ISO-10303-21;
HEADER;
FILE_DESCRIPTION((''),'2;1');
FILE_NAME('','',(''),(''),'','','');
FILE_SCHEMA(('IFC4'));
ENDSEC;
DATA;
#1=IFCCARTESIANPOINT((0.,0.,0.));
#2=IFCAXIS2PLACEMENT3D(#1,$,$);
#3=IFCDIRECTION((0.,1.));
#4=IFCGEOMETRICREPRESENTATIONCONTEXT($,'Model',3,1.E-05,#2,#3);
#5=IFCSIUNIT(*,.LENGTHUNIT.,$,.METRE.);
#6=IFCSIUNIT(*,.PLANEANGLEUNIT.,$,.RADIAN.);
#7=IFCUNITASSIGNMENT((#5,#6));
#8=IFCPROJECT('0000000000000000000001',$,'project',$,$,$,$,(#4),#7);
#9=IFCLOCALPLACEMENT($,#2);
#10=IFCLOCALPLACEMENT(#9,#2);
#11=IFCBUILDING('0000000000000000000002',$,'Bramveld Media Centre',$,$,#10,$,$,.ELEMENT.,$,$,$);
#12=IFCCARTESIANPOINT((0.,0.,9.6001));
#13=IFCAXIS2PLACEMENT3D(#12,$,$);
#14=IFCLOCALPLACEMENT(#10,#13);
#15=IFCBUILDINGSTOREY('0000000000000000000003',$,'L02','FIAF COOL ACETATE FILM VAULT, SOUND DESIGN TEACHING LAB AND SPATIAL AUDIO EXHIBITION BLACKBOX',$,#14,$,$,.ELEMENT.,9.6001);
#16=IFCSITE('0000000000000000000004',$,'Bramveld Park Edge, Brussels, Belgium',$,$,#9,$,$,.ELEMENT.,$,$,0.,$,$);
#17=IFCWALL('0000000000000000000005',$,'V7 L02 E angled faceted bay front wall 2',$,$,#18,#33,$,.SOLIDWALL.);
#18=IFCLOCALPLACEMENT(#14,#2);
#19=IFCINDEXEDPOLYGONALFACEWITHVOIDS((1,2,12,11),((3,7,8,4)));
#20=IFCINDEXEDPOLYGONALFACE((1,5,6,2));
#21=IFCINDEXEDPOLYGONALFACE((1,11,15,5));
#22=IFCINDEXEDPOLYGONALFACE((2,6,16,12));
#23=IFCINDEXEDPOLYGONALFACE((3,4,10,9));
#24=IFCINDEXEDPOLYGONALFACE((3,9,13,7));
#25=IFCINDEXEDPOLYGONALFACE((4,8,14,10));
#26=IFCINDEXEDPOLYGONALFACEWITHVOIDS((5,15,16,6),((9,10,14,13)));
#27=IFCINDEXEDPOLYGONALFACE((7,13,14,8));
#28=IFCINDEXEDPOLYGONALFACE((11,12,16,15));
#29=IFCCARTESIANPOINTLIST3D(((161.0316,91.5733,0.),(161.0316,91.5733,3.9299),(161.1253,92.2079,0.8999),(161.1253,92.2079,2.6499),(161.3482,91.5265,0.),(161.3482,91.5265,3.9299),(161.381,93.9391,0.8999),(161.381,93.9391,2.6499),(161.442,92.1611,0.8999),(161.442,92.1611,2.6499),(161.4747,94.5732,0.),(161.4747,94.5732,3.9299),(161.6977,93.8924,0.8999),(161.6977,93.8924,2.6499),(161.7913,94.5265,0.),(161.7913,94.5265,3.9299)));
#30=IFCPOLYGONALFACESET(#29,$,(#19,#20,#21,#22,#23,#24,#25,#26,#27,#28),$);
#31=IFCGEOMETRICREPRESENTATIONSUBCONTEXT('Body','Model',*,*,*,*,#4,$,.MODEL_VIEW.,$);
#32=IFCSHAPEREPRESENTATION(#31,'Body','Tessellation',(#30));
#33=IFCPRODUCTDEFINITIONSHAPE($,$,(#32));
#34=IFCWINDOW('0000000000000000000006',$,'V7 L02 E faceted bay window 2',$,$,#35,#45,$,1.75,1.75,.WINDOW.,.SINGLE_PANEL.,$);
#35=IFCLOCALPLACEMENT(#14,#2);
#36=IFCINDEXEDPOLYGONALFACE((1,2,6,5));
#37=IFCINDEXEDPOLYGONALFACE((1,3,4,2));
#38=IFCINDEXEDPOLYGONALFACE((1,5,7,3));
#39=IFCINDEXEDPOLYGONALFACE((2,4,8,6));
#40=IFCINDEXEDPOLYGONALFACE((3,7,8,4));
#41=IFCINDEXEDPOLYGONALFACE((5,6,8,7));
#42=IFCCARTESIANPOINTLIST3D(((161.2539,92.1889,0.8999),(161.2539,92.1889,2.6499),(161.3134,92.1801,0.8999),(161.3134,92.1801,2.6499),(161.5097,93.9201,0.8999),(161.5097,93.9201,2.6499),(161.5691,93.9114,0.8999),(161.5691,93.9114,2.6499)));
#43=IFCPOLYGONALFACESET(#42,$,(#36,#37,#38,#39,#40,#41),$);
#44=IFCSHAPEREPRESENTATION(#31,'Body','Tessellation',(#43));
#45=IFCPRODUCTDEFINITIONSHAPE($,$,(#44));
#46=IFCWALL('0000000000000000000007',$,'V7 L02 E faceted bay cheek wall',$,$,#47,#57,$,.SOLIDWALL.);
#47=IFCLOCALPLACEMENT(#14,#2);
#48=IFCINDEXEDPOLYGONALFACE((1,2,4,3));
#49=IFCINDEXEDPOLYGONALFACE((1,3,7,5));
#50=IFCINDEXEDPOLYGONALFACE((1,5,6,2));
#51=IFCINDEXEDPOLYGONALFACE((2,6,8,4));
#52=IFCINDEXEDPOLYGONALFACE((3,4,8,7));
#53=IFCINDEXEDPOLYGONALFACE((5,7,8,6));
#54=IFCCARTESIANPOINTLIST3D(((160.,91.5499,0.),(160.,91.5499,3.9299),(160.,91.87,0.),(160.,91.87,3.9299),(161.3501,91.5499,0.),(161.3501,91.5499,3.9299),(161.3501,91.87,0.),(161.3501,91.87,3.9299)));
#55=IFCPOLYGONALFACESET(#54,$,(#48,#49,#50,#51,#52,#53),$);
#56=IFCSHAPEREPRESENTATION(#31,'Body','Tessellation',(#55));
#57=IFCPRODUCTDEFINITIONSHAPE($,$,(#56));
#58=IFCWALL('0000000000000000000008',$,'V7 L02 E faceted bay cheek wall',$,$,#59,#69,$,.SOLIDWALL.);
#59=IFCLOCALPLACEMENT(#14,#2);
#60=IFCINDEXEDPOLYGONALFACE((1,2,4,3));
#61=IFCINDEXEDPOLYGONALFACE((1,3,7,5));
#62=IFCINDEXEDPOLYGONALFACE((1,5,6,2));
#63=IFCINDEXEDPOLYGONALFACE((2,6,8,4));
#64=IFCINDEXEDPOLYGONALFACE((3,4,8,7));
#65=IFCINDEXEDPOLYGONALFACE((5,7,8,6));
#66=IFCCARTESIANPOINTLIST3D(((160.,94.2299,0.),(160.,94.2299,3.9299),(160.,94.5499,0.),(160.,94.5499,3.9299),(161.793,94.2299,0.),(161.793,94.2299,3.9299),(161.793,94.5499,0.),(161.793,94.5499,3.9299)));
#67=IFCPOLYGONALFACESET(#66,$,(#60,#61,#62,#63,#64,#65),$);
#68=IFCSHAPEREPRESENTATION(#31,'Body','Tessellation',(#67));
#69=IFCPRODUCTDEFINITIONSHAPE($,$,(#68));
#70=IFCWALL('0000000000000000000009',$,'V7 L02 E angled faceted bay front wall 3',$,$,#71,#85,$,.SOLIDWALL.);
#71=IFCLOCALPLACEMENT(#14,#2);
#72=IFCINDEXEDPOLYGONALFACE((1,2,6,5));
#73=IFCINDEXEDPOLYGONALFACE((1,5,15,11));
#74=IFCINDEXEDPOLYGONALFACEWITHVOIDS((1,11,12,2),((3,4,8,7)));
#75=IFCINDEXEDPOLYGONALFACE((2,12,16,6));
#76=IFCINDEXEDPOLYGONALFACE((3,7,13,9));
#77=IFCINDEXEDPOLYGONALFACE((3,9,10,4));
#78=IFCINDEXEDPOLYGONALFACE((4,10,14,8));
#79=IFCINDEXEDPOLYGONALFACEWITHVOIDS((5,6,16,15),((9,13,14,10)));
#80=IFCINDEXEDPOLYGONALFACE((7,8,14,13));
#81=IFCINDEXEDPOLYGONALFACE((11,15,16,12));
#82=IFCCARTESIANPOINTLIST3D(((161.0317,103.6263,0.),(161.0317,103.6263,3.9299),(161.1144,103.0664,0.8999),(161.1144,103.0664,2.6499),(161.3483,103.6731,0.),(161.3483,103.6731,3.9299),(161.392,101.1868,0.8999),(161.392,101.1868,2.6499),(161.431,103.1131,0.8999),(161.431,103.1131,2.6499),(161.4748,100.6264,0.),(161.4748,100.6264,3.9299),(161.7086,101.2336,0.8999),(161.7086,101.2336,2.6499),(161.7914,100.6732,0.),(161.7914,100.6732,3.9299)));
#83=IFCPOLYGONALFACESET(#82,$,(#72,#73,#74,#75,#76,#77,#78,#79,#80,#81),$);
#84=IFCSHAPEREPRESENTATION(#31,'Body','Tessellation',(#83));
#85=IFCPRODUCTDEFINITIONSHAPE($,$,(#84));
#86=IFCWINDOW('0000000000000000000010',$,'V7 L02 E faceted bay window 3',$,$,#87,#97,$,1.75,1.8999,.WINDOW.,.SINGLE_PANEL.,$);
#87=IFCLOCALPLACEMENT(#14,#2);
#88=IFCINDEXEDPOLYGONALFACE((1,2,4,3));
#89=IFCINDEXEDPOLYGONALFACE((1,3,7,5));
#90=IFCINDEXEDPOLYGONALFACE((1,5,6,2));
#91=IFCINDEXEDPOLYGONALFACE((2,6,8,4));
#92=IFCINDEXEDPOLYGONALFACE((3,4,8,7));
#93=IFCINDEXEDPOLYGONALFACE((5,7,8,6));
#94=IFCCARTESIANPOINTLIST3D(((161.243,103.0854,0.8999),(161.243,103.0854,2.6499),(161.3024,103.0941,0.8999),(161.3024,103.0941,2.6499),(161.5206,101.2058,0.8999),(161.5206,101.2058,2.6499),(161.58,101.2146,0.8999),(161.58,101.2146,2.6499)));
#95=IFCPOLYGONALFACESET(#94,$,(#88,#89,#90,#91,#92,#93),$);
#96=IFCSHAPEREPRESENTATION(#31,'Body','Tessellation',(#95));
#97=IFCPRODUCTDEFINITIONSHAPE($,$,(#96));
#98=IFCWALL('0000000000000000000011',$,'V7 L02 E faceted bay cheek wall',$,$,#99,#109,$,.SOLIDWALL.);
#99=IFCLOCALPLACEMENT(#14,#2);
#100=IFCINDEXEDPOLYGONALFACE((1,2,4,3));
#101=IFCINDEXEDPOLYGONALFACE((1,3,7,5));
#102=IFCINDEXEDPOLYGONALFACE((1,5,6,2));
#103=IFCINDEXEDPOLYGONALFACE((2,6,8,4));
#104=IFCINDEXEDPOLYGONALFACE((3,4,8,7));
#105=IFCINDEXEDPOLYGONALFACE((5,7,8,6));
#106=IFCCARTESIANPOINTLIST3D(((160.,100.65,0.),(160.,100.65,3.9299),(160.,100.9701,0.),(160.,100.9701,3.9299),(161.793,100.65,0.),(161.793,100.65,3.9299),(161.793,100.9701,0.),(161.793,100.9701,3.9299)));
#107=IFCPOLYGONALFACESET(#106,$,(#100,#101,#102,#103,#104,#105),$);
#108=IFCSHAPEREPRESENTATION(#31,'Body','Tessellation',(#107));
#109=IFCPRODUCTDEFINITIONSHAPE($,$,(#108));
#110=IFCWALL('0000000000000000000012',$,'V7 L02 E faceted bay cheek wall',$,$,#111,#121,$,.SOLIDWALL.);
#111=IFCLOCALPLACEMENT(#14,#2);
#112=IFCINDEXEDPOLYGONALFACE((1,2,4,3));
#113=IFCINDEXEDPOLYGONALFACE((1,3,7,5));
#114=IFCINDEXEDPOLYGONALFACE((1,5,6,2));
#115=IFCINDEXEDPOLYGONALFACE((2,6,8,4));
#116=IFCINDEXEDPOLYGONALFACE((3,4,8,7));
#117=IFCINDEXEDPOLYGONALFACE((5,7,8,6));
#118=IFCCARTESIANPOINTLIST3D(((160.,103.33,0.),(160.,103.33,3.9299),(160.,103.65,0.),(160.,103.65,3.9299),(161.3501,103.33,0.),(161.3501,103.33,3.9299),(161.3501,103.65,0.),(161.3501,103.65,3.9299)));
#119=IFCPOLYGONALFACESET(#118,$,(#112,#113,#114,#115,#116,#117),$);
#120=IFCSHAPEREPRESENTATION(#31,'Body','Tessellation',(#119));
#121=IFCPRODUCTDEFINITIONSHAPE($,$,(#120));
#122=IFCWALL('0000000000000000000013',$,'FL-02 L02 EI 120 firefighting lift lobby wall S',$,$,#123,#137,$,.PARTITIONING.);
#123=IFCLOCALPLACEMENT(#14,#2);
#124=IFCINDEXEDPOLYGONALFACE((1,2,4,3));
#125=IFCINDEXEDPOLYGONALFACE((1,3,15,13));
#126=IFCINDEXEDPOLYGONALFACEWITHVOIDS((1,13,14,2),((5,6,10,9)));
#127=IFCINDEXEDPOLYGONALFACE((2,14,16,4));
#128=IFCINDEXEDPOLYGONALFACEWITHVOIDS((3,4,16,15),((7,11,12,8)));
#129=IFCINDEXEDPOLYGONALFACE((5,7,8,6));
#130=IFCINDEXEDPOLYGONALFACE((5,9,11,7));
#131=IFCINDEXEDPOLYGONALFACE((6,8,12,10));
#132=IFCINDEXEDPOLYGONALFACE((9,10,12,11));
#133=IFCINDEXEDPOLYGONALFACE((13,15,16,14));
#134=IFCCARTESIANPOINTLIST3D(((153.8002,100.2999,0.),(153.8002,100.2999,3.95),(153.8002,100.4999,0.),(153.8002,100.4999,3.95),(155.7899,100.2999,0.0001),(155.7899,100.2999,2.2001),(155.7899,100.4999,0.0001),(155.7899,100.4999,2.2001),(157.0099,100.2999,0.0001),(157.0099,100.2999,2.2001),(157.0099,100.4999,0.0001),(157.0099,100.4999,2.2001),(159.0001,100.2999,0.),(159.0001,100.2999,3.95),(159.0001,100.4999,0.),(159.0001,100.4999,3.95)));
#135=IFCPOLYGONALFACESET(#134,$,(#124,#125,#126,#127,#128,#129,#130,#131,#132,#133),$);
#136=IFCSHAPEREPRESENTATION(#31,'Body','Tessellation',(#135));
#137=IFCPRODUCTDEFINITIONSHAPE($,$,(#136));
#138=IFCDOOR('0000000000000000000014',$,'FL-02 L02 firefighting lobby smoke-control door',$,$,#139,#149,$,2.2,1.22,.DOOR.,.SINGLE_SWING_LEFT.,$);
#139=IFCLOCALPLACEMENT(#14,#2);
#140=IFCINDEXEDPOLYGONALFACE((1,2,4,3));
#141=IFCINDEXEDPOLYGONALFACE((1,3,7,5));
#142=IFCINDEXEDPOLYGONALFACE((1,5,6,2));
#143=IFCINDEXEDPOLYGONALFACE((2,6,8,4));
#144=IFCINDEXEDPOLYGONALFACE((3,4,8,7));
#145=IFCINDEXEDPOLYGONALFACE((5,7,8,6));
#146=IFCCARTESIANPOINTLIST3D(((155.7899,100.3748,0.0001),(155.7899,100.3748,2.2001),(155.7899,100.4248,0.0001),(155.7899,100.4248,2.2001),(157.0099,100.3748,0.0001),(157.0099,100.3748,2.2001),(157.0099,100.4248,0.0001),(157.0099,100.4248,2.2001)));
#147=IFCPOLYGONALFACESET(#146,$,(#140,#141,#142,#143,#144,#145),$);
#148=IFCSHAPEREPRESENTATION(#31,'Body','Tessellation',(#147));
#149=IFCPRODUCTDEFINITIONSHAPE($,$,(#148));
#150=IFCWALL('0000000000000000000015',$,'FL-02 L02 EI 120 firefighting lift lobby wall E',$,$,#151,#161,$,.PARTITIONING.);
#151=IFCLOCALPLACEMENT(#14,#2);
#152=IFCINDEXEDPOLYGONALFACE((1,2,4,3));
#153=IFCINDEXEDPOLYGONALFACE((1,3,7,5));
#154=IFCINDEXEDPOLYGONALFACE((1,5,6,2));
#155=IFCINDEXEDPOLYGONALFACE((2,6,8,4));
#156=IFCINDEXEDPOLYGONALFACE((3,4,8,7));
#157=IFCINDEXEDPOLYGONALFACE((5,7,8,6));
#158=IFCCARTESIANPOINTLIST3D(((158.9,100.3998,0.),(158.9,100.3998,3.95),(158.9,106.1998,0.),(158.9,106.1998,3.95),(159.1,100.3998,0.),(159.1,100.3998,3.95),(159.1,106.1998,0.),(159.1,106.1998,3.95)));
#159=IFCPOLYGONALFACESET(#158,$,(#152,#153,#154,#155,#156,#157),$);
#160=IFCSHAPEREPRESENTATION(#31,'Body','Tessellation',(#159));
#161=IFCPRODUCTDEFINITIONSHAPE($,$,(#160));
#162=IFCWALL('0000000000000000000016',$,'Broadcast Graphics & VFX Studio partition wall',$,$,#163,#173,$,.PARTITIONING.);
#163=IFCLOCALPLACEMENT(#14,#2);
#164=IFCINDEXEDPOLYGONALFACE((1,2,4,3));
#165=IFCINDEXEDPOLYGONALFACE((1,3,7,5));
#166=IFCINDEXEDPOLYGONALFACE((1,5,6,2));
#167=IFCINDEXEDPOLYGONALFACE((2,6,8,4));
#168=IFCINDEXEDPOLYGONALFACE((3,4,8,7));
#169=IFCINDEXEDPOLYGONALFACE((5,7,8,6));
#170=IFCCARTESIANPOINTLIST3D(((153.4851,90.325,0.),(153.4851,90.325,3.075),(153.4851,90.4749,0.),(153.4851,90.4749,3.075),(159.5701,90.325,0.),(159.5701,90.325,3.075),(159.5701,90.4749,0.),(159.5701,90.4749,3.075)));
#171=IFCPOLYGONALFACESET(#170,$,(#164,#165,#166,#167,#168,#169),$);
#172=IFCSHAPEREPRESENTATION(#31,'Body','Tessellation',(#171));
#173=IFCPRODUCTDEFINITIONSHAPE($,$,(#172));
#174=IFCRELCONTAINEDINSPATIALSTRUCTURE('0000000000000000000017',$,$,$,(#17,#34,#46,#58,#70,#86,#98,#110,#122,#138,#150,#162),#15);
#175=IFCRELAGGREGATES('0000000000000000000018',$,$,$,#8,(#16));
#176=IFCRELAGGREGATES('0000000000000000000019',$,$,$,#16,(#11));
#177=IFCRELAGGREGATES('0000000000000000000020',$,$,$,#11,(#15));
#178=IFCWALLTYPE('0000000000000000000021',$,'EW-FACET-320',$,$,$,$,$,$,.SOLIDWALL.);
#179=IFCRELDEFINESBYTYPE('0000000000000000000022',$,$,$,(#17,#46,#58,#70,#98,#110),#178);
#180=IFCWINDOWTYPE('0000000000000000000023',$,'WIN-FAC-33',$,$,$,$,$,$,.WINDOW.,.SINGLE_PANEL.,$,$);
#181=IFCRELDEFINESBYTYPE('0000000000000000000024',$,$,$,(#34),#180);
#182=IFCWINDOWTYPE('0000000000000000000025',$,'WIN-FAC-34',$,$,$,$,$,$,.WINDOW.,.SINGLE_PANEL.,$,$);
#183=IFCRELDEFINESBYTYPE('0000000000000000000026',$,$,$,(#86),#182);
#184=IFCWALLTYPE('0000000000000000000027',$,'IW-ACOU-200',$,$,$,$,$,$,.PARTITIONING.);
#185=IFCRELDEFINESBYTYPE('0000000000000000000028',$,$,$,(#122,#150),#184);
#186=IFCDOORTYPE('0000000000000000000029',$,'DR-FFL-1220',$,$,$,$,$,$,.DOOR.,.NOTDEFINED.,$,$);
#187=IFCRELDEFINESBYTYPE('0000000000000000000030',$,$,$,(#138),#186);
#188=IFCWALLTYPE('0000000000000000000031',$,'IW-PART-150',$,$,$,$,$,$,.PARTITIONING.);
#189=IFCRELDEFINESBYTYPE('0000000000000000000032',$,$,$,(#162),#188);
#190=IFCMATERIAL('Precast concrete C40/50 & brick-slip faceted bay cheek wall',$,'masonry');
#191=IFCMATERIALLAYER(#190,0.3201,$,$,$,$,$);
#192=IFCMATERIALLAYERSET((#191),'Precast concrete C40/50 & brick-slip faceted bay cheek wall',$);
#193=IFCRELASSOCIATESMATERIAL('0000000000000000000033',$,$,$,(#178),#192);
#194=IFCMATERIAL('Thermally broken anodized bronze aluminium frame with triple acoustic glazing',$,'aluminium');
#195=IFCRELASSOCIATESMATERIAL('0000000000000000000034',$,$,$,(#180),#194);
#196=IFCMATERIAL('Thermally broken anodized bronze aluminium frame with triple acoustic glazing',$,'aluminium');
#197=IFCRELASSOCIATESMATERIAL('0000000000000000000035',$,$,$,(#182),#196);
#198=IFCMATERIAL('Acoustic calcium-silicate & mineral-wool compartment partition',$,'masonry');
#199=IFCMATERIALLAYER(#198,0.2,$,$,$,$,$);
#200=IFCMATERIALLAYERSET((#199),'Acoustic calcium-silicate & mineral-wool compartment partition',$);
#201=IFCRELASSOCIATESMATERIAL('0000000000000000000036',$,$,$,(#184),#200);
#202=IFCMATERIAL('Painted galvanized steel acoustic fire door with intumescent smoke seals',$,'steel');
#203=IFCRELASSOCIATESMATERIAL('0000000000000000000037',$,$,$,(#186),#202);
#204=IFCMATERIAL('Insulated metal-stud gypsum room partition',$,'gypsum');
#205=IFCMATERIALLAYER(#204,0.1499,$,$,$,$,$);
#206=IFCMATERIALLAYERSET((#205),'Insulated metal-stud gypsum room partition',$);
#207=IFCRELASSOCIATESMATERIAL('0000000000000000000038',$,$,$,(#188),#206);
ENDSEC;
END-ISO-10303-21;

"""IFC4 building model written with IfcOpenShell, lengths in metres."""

from ifc_helpers import new_model, si_unit, direction, frame, frame_2d, origin, place, context, subcontext, project, spatial, rectangle, extrude, material, layer, layer_set, type_object, element, fill, save


model = new_model("IFC4")

# Units and contexts
model_context = context("Model", 3, precision=1e-05, world=origin(), true_north=direction((0.0, 1.0)))
body_context = subcontext(model_context, "Body", "Model", "MODEL_VIEW")
ifc_project = project(units=[si_unit("LENGTHUNIT", "METRE"), si_unit("PLANEANGLEUNIT", "RADIAN")], contexts=[model_context])

# Site, building, storey
site_placement = place(None, origin())
site = spatial("IfcSite", under=ifc_project, at=site_placement, Name="Bramveld Park Edge, Brussels, Belgium", CompositionType="ELEMENT", RefElevation=0.0)
building_placement = place(site_placement, origin())
building = spatial("IfcBuilding", under=site, at=building_placement, Name="Bramveld Media Centre", CompositionType="ELEMENT")
storey_placement = place(building_placement, frame((0.0, 0.0, 9.6001)))
storey = spatial("IfcBuildingStorey", under=building, at=storey_placement, Name="L02", Description="FIAF COOL ACETATE FILM VAULT, SOUND DESIGN TEACHING LAB AND SPATIAL AUDIO EXHIBITION BLACKBOX", CompositionType="ELEMENT", Elevation=9.6001)

# Wall, opening, window
ifc_material_1 = material(Name="Precast concrete C40/50 & brick-slip faceted bay cheek wall", Category="masonry")
ifc_layer_1 = layer(ifc_material_1, 0.3201)
ifc_layer_set_1 = layer_set([ifc_layer_1], Name="Precast concrete C40/50 & brick-slip faceted bay cheek wall")
wall_type_1 = type_object("IfcWallType", Name="EW-FACET-320", PredefinedType="SOLIDWALL", material=ifc_layer_set_1)
wall_1_placement = place(storey_placement, frame((161.1899, 91.55, 0.0), z_axis=(0.0, 0.0, 1.0), x_axis=(0.14612, 0.989267, 0.0)))
wall_1 = element("IfcWall", 1, at=wall_1_placement, inside=storey, type_object=wall_type_1, Name="V7 L02 E angled faceted bay front wall 2", PredefinedType="SOLIDWALL", context=body_context, shape_type="SweptSolid", body=[
    extrude(rectangle(XDim=3.0325, YDim=0.3201, at=frame_2d((1.5161, 0.0))), origin(), (0.0, 0.0, 1.0), 3.9299),
])
opening_1_placement = place(wall_1_placement, frame((0.6414, 0.0, 0.8999)))
opening_1 = element("IfcOpeningElement", 2, at=opening_1_placement, cuts=wall_1, PredefinedType="OPENING", context=body_context, shape_type="SweptSolid", body=[
    extrude(rectangle(XDim=1.75, YDim=1.75, at=frame_2d((0.875, 0.875))), frame((0.0, 0.1719, 0.0), z_axis=(0.0, -1.0, 0.0), x_axis=(1.0, 0.0, 0.0)), (0.0, 0.0, 1.0), 0.344),
])
ifc_material_2 = material(Name="Thermally broken anodized bronze aluminium frame with triple acoustic glazing", Category="aluminium")
window_type_1 = type_object("IfcWindowType", Name="WIN-FAC-33", PartitioningType="SINGLE_PANEL", PredefinedType="WINDOW", material=ifc_material_2)
window_1_placement = place(opening_1_placement, origin())
window_1 = element("IfcWindow", 3, at=window_1_placement, inside=storey, type_object=window_type_1, Name="V7 L02 E faceted bay window 2", OverallHeight=1.75, OverallWidth=1.75, PartitioningType="SINGLE_PANEL", PredefinedType="WINDOW", context=body_context, shape_type="SweptSolid", body=[
    extrude(rectangle(XDim=1.75, YDim=1.75, at=frame_2d((0.875, 0.875))), frame((0.0, 0.03, 0.0), z_axis=(0.0, -1.0, 0.0), x_axis=(1.0, 0.0, 0.0)), (0.0, 0.0, 1.0), 0.0601),
])
fill(opening_1, window_1)

# Walls
wall_2_placement = place(storey_placement, frame((160.0, 91.71, 0.0), z_axis=(0.0, 0.0, 1.0), x_axis=(1.0, 0.0, 0.0)))
element("IfcWall", 4, at=wall_2_placement, inside=storey, type_object=wall_type_1, Name="V7 L02 E faceted bay cheek wall", PredefinedType="SOLIDWALL", context=body_context, shape_type="SweptSolid", body=[
    extrude(rectangle(XDim=1.3501, YDim=0.3201, at=frame_2d((0.675, 0.0))), origin(), (0.0, 0.0, 1.0), 3.9299),
])
wall_3_placement = place(storey_placement, frame((160.0, 94.3899, 0.0), z_axis=(0.0, 0.0, 1.0), x_axis=(1.0, 0.0, 0.0)))
element("IfcWall", 5, at=wall_3_placement, inside=storey, type_object=wall_type_1, Name="V7 L02 E faceted bay cheek wall", PredefinedType="SOLIDWALL", context=body_context, shape_type="SweptSolid", body=[
    extrude(rectangle(XDim=1.793, YDim=0.3201, at=frame_2d((0.8965, 0.0))), origin(), (0.0, 0.0, 1.0), 3.9299),
])

# Wall, opening, window
wall_4_placement = place(storey_placement, frame((161.6331, 100.6499, 0.0), z_axis=(0.0, 0.0, 1.0), x_axis=(-0.14612, 0.989267, 0.0)))
wall_4 = element("IfcWall", 6, at=wall_4_placement, inside=storey, type_object=wall_type_1, Name="V7 L02 E angled faceted bay front wall 3", PredefinedType="SOLIDWALL", context=body_context, shape_type="SweptSolid", body=[
    extrude(rectangle(XDim=3.0325, YDim=0.3201, at=frame_2d((1.5161, 0.0))), origin(), (0.0, 0.0, 1.0), 3.9299),
])
opening_2_placement = place(wall_4_placement, frame((0.5664, 0.0, 0.8999)))
opening_2 = element("IfcOpeningElement", 7, at=opening_2_placement, cuts=wall_4, PredefinedType="OPENING", context=body_context, shape_type="SweptSolid", body=[
    extrude(rectangle(XDim=1.8999, YDim=1.75, at=frame_2d((0.95, 0.875))), frame((0.0, 0.1719, 0.0), z_axis=(0.0, -1.0, 0.0), x_axis=(1.0, 0.0, 0.0)), (0.0, 0.0, 1.0), 0.344),
])
ifc_material_3 = material(Name="Thermally broken anodized bronze aluminium frame with triple acoustic glazing", Category="aluminium")
window_type_2 = type_object("IfcWindowType", Name="WIN-FAC-34", PartitioningType="SINGLE_PANEL", PredefinedType="WINDOW", material=ifc_material_3)
window_2_placement = place(opening_2_placement, origin())
window_2 = element("IfcWindow", 8, at=window_2_placement, inside=storey, type_object=window_type_2, Name="V7 L02 E faceted bay window 3", OverallHeight=1.75, OverallWidth=1.8999, PartitioningType="SINGLE_PANEL", PredefinedType="WINDOW", context=body_context, shape_type="SweptSolid", body=[
    extrude(rectangle(XDim=1.8999, YDim=1.75, at=frame_2d((0.95, 0.875))), frame((0.0, 0.03, 0.0), z_axis=(0.0, -1.0, 0.0), x_axis=(1.0, 0.0, 0.0)), (0.0, 0.0, 1.0), 0.0601),
])
fill(opening_2, window_2)

# Walls
wall_5_placement = place(storey_placement, frame((160.0, 100.8101, 0.0), z_axis=(0.0, 0.0, 1.0), x_axis=(1.0, 0.0, 0.0)))
element("IfcWall", 9, at=wall_5_placement, inside=storey, type_object=wall_type_1, Name="V7 L02 E faceted bay cheek wall", PredefinedType="SOLIDWALL", context=body_context, shape_type="SweptSolid", body=[
    extrude(rectangle(XDim=1.793, YDim=0.3201, at=frame_2d((0.8965, 0.0))), origin(), (0.0, 0.0, 1.0), 3.9299),
])
wall_6_placement = place(storey_placement, frame((160.0, 103.49, 0.0), z_axis=(0.0, 0.0, 1.0), x_axis=(1.0, 0.0, 0.0)))
element("IfcWall", 10, at=wall_6_placement, inside=storey, type_object=wall_type_1, Name="V7 L02 E faceted bay cheek wall", PredefinedType="SOLIDWALL", context=body_context, shape_type="SweptSolid", body=[
    extrude(rectangle(XDim=1.3501, YDim=0.3201, at=frame_2d((0.675, 0.0))), origin(), (0.0, 0.0, 1.0), 3.9299),
])

# Wall, opening, door
ifc_material_4 = material(Name="Acoustic calcium-silicate & mineral-wool compartment partition", Category="masonry")
ifc_layer_2 = layer(ifc_material_4, 0.2)
ifc_layer_set_2 = layer_set([ifc_layer_2], Name="Acoustic calcium-silicate & mineral-wool compartment partition")
wall_type_2 = type_object("IfcWallType", Name="IW-ACOU-200", PredefinedType="PARTITIONING", material=ifc_layer_set_2)
wall_7_placement = place(storey_placement, frame((153.8, 100.3999, 0.0), z_axis=(0.0, 0.0, 1.0), x_axis=(1.0, 0.0, 0.0)))
wall_7 = element("IfcWall", 11, at=wall_7_placement, inside=storey, type_object=wall_type_2, Name="FL-02 L02 EI 120 firefighting lift lobby wall S", PredefinedType="PARTITIONING", context=body_context, shape_type="SweptSolid", body=[
    extrude(rectangle(XDim=5.2, YDim=0.2, at=frame_2d((2.6001, 0.0))), origin(), (0.0, 0.0, 1.0), 3.95),
])
opening_3_placement = place(wall_7_placement, frame((1.99, 0.0, 0.0)))
opening_3 = element("IfcOpeningElement", 12, at=opening_3_placement, cuts=wall_7, PredefinedType="OPENING", context=body_context, shape_type="SweptSolid", body=[
    extrude(rectangle(XDim=1.22, YDim=2.2, at=frame_2d((0.6099, 1.1001))), frame((0.0, 0.1118, 0.0), z_axis=(0.0, -1.0, 0.0), x_axis=(1.0, 0.0, 0.0)), (0.0, 0.0, 1.0), 0.2239),
])
ifc_material_5 = material(Name="Painted galvanized steel acoustic fire door with intumescent smoke seals", Category="steel")
door_type_1 = type_object("IfcDoorType", Name="DR-FFL-1220", OperationType="NOTDEFINED", PredefinedType="DOOR", material=ifc_material_5)
door_1_placement = place(opening_3_placement, origin())
door_1 = element("IfcDoor", 13, at=door_1_placement, inside=storey, type_object=door_type_1, Name="FL-02 L02 firefighting lobby smoke-control door", OperationType="SINGLE_SWING_LEFT", OverallHeight=2.2, OverallWidth=1.22, PredefinedType="DOOR", context=body_context, shape_type="SweptSolid", body=[
    extrude(rectangle(XDim=1.22, YDim=2.2, at=frame_2d((0.6099, 1.1001))), frame((0.0, 0.0249, 0.0), z_axis=(0.0, -1.0, 0.0), x_axis=(1.0, 0.0, 0.0)), (0.0, 0.0, 1.0), 0.05),
])
fill(opening_3, door_1)

# Walls
wall_8_placement = place(storey_placement, frame((159.0, 100.3999, 0.0), z_axis=(0.0, 0.0, 1.0), x_axis=(0.0, 1.0, 0.0)))
element("IfcWall", 14, at=wall_8_placement, inside=storey, type_object=wall_type_2, Name="FL-02 L02 EI 120 firefighting lift lobby wall E", PredefinedType="PARTITIONING", context=body_context, shape_type="SweptSolid", body=[
    extrude(rectangle(XDim=5.8, YDim=0.2, at=frame_2d((2.8999, 0.0))), origin(), (0.0, 0.0, 1.0), 3.95),
])
ifc_material_6 = material(Name="Insulated metal-stud gypsum room partition", Category="gypsum")
ifc_layer_3 = layer(ifc_material_6, 0.1499)
ifc_layer_set_3 = layer_set([ifc_layer_3], Name="Insulated metal-stud gypsum room partition")
wall_type_3 = type_object("IfcWallType", Name="IW-PART-150", PredefinedType="PARTITIONING", material=ifc_layer_set_3)
wall_9_placement = place(storey_placement, frame((153.4851, 90.3999, 0.0), z_axis=(0.0, 0.0, 1.0), x_axis=(1.0, 0.0, 0.0)))
element("IfcWall", 15, at=wall_9_placement, inside=storey, type_object=wall_type_3, Name="Broadcast Graphics & VFX Studio partition wall", PredefinedType="PARTITIONING", context=body_context, shape_type="SweptSolid", body=[
    extrude(rectangle(XDim=6.085, YDim=0.1499, at=frame_2d((3.0425, 0.0))), origin(), (0.0, 0.0, 1.0), 3.075),
])

save(model, "model.ifc")
